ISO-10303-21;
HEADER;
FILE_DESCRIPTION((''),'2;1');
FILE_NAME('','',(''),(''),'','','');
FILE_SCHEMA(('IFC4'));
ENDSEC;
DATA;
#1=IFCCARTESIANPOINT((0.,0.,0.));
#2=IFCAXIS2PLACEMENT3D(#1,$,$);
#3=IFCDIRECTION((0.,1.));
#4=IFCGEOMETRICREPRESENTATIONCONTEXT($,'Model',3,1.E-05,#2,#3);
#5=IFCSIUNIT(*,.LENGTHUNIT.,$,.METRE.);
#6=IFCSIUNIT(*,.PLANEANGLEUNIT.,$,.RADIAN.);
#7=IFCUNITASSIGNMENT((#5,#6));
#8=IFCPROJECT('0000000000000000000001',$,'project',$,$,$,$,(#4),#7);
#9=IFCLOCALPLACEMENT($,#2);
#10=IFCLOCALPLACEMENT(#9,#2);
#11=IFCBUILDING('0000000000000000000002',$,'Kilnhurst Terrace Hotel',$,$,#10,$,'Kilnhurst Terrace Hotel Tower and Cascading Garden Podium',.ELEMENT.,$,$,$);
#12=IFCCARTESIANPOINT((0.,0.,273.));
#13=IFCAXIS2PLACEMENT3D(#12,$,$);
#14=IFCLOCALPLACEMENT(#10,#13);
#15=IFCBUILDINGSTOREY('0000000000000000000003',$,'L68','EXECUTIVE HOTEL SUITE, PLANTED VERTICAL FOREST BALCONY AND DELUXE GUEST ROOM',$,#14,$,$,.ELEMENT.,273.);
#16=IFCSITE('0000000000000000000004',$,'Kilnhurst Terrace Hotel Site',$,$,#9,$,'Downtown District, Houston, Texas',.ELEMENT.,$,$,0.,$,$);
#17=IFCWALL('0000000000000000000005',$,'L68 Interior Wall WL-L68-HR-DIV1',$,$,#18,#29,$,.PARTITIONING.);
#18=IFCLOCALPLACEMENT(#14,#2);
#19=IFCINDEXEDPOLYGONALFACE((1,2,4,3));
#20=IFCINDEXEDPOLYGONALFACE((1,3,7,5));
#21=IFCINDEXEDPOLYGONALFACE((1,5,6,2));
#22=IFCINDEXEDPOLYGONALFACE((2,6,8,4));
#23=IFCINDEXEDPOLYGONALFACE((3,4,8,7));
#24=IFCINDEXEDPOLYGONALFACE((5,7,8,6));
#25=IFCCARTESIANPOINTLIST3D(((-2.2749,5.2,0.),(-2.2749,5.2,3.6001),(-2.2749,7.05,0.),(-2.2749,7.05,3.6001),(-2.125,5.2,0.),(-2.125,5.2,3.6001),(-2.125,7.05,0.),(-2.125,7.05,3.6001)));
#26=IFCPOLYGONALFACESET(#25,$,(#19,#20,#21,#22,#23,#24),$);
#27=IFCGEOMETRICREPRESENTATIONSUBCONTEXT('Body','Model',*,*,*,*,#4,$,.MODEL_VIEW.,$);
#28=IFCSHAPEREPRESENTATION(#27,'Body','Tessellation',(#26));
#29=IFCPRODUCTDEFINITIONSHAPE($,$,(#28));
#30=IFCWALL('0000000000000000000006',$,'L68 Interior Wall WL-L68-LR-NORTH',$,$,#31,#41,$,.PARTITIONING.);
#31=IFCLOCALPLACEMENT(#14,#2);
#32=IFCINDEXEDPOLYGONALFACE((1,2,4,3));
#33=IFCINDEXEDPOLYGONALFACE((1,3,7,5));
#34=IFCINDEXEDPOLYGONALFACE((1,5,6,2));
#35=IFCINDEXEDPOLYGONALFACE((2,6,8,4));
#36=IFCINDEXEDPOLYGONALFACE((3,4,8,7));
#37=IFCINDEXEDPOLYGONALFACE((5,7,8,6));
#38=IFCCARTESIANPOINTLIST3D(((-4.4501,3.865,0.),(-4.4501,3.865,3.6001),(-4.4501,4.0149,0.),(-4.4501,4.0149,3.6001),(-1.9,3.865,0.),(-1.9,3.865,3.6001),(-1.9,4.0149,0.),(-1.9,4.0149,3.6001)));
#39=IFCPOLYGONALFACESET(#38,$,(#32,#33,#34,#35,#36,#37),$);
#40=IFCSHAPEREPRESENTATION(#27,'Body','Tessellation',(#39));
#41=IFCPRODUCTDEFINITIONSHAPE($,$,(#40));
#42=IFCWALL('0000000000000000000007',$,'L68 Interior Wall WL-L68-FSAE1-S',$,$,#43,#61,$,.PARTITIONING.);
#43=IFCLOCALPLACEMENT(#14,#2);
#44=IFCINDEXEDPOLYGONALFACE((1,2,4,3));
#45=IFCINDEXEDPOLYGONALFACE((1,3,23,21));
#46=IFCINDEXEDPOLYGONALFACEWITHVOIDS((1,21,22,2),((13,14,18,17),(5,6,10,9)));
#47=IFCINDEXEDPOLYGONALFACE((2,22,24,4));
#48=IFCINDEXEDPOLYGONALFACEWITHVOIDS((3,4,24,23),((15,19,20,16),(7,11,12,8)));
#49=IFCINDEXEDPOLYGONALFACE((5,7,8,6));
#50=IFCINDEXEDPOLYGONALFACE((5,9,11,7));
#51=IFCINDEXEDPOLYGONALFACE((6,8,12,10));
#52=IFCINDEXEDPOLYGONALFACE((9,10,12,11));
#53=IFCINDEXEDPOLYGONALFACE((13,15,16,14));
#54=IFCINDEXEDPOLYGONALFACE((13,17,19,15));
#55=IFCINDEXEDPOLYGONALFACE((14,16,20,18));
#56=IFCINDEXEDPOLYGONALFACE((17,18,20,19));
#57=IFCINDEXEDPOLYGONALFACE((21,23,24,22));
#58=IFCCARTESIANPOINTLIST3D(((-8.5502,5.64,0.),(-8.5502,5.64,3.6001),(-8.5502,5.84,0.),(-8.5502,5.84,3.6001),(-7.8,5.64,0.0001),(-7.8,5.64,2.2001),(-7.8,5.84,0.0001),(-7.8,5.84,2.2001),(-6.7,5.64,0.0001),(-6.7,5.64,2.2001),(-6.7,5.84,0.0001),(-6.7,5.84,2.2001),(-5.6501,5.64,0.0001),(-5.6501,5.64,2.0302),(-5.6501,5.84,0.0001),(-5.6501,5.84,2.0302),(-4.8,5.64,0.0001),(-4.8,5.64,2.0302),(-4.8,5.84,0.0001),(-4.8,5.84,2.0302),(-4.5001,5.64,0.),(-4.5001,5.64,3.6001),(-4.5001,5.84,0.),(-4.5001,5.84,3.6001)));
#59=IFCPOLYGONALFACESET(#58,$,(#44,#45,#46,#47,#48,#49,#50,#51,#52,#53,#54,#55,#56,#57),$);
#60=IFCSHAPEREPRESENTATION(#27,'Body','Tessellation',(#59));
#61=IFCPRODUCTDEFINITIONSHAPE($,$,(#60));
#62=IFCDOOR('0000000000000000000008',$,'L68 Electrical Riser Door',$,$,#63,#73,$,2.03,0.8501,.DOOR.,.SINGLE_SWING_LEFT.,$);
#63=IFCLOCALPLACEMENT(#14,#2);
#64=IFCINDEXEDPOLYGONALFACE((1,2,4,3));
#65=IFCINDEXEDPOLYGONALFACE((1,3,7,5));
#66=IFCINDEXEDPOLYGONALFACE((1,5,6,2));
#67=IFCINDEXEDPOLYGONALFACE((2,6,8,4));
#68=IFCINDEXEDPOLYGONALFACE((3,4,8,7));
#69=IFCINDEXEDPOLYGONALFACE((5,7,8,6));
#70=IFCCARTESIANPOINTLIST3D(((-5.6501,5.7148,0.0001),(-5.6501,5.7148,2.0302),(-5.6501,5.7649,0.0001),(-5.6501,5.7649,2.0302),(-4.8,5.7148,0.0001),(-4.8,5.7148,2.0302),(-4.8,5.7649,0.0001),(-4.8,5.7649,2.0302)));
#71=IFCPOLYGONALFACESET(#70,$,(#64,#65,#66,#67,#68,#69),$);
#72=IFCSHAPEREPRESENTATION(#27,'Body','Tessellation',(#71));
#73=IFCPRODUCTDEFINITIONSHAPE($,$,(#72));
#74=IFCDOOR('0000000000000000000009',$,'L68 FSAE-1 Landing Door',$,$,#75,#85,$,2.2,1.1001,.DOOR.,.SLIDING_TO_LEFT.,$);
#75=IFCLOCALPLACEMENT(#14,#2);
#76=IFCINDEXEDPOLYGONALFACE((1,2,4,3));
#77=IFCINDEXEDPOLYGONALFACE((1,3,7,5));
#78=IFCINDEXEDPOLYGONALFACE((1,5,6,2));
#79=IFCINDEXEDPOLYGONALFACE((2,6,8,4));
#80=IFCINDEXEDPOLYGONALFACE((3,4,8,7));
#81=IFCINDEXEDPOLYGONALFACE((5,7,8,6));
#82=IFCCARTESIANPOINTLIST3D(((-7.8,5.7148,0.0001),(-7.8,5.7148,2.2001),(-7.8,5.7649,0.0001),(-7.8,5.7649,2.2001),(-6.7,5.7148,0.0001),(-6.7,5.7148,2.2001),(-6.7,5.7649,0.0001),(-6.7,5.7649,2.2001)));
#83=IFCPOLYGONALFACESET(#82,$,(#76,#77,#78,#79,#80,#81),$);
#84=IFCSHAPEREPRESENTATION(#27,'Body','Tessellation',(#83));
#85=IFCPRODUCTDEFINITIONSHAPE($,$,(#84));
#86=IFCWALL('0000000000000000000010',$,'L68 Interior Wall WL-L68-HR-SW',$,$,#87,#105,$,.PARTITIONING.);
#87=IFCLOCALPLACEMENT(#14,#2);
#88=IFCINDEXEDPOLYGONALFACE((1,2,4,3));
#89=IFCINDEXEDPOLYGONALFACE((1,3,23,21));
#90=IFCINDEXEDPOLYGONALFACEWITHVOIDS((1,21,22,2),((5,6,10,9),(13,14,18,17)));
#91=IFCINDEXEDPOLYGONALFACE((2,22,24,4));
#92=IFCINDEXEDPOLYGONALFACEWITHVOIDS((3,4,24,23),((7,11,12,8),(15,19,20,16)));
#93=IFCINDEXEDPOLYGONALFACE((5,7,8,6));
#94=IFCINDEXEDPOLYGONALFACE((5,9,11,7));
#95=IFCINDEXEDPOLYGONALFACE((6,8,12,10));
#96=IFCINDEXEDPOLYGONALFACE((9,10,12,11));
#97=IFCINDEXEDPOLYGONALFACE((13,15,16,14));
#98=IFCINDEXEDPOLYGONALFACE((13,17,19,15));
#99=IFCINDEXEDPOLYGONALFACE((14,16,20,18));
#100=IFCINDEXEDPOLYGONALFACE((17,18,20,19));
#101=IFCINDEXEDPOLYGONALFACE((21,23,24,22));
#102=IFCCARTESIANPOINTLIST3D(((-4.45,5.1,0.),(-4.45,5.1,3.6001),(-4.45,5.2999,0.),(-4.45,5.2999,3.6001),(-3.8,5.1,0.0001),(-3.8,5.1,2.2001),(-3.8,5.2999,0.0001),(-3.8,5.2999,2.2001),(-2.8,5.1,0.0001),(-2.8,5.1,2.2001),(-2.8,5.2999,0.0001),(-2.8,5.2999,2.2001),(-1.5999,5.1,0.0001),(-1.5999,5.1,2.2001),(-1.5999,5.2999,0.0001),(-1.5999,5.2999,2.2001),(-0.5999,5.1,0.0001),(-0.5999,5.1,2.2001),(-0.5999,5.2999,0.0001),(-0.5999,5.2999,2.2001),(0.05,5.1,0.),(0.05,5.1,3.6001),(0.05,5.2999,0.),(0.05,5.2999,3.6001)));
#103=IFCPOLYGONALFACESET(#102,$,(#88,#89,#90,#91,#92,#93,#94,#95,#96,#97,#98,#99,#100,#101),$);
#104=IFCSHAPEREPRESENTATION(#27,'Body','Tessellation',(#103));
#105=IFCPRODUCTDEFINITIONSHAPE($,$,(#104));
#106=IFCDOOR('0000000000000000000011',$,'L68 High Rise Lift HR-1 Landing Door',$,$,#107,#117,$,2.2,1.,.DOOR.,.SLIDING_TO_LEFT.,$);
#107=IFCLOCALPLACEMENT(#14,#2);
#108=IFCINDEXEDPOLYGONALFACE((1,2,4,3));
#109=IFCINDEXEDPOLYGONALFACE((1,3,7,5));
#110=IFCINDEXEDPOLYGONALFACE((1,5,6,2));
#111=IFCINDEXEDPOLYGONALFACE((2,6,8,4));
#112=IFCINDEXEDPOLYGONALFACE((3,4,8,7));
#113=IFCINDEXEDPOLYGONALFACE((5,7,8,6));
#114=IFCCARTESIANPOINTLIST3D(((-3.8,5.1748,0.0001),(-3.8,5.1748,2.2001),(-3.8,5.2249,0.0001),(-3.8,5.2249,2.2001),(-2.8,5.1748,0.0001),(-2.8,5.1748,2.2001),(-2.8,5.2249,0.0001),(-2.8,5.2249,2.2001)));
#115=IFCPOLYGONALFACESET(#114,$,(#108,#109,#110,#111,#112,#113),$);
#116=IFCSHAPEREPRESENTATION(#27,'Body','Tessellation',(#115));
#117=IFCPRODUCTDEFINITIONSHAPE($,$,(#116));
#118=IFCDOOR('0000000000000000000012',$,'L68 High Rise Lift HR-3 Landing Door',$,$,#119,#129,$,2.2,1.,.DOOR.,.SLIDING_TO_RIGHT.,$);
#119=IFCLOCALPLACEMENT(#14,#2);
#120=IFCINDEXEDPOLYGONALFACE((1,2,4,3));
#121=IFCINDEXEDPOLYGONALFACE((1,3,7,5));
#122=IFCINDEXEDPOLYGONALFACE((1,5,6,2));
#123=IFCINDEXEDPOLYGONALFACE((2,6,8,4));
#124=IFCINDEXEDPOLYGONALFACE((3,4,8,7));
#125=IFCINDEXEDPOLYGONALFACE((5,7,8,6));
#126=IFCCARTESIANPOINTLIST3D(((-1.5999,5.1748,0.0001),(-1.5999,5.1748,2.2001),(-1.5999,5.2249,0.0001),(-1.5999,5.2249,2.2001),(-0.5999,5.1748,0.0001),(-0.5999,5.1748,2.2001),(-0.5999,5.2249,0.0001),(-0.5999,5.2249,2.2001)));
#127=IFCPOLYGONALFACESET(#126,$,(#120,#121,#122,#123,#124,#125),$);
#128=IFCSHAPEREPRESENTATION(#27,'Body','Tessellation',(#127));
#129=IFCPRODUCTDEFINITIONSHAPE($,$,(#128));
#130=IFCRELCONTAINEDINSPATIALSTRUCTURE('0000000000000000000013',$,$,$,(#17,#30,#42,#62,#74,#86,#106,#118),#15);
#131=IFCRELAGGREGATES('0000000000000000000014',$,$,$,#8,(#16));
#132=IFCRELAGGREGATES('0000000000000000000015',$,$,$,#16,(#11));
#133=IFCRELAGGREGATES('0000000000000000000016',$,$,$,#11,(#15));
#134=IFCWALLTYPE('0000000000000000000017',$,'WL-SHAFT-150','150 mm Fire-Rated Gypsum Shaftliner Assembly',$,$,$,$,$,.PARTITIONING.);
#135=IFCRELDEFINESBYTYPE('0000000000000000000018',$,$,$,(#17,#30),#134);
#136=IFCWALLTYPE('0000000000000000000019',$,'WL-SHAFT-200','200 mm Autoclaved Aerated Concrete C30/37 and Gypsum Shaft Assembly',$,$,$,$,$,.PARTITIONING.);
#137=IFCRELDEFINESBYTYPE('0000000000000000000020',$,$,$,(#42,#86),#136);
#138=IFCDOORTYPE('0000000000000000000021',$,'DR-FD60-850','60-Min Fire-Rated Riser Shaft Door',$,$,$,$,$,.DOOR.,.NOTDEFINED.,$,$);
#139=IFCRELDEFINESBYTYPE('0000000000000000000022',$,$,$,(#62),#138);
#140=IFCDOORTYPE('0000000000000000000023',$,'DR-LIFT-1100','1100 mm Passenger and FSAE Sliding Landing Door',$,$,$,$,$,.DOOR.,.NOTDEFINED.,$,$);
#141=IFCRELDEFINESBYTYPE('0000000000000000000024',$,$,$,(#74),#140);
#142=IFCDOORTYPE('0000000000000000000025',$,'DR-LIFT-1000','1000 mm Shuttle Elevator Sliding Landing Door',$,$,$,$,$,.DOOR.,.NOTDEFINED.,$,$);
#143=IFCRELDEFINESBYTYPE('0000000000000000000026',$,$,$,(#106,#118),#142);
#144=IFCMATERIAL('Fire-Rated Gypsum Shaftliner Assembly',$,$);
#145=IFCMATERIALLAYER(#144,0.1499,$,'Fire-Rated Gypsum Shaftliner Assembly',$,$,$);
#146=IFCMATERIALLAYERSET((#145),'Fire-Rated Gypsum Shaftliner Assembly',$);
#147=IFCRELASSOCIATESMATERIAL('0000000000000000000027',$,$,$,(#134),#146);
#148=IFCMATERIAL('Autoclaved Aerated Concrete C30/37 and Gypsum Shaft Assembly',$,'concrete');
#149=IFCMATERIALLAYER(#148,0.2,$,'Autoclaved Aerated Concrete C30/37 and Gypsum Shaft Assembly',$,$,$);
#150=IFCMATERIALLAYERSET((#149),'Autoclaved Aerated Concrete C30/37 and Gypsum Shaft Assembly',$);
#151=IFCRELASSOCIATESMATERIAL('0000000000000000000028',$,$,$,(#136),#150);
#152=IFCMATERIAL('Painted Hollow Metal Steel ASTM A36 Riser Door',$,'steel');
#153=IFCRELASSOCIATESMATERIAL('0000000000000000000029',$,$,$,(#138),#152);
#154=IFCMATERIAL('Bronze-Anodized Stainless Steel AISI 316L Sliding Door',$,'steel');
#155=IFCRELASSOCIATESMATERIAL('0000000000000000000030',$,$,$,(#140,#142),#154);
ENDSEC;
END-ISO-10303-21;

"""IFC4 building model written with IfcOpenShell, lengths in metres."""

from ifc_helpers import new_model, si_unit, direction, frame, frame_2d, origin, place, context, subcontext, project, spatial, rectangle, extrude, material, layer, layer_set, type_object, element, fill, save


model = new_model("IFC4")

# Units and contexts
model_context = context("Model", 3, precision=1e-05, world=origin(), true_north=direction((0.0, 1.0)))
body_context = subcontext(model_context, "Body", "Model", "MODEL_VIEW")
ifc_project = project(units=[si_unit("LENGTHUNIT", "METRE"), si_unit("PLANEANGLEUNIT", "RADIAN")], contexts=[model_context])

# Site, building, storey
site_placement = place(None, origin())
site = spatial("IfcSite", under=ifc_project, at=site_placement, Name="Kilnhurst Terrace Hotel Site", LongName="Downtown District, Houston, Texas", CompositionType="ELEMENT", RefElevation=0.0)
building_placement = place(site_placement, origin())
building = spatial("IfcBuilding", under=site, at=building_placement, Name="Kilnhurst Terrace Hotel", LongName="Kilnhurst Terrace Hotel Tower and Cascading Garden Podium", CompositionType="ELEMENT")
storey_placement = place(building_placement, frame((0.0, 0.0, 273.0)))
storey = spatial("IfcBuildingStorey", under=building, at=storey_placement, Name="L68", Description="EXECUTIVE HOTEL SUITE, PLANTED VERTICAL FOREST BALCONY AND DELUXE GUEST ROOM", CompositionType="ELEMENT", Elevation=273.0)

# Walls
ifc_material_1 = material(Name="Fire-Rated Gypsum Shaftliner Assembly")
ifc_layer_1 = layer(ifc_material_1, 0.1499, Name="Fire-Rated Gypsum Shaftliner Assembly")
ifc_layer_set_1 = layer_set([ifc_layer_1], Name="Fire-Rated Gypsum Shaftliner Assembly")
wall_type_1 = type_object("IfcWallType", Name="WL-SHAFT-150", Description="150 mm Fire-Rated Gypsum Shaftliner Assembly", PredefinedType="PARTITIONING", material=ifc_layer_set_1)
wall_1_placement = place(storey_placement, frame((-2.2, 5.2, 0.0), z_axis=(0.0, 0.0, 1.0), x_axis=(0.0, 1.0, 0.0)))
element("IfcWall", 1, at=wall_1_placement, inside=storey, type_object=wall_type_1, Name="L68 Interior Wall WL-L68-HR-DIV1", PredefinedType="PARTITIONING", context=body_context, shape_type="SweptSolid", body=[
    extrude(rectangle(XDim=1.8501, YDim=0.1499, at=frame_2d((0.925, 0.0))), origin(), (0.0, 0.0, 1.0), 3.6001),
])
wall_2_placement = place(storey_placement, frame((-4.45, 3.9399, 0.0), z_axis=(0.0, 0.0, 1.0), x_axis=(1.0, 0.0, 0.0)))
element("IfcWall", 2, at=wall_2_placement, inside=storey, type_object=wall_type_1, Name="L68 Interior Wall WL-L68-LR-NORTH", PredefinedType="PARTITIONING", context=body_context, shape_type="SweptSolid", body=[
    extrude(rectangle(XDim=2.55, YDim=0.1499, at=frame_2d((1.2749, 0.0))), origin(), (0.0, 0.0, 1.0), 3.6001),
])

# Walls, openings, doors
ifc_material_2 = material(Name="Autoclaved Aerated Concrete C30/37 and Gypsum Shaft Assembly", Category="concrete")
ifc_layer_2 = layer(ifc_material_2, 0.2, Name="Autoclaved Aerated Concrete C30/37 and Gypsum Shaft Assembly")
ifc_layer_set_2 = layer_set([ifc_layer_2], Name="Autoclaved Aerated Concrete C30/37 and Gypsum Shaft Assembly")
wall_type_2 = type_object("IfcWallType", Name="WL-SHAFT-200", Description="200 mm Autoclaved Aerated Concrete C30/37 and Gypsum Shaft Assembly", PredefinedType="PARTITIONING", material=ifc_layer_set_2)
wall_3_placement = place(storey_placement, frame((-8.55, 5.74, 0.0), z_axis=(0.0, 0.0, 1.0), x_axis=(1.0, 0.0, 0.0)))
wall_3 = element("IfcWall", 3, at=wall_3_placement, inside=storey, type_object=wall_type_2, Name="L68 Interior Wall WL-L68-FSAE1-S", PredefinedType="PARTITIONING", context=body_context, shape_type="SweptSolid", body=[
    extrude(rectangle(XDim=4.05, YDim=0.2, at=frame_2d((2.0249, 0.0))), origin(), (0.0, 0.0, 1.0), 3.6001),
])
opening_1_placement = place(wall_3_placement, frame((0.75, 0.0, 0.0)))
opening_1 = element("IfcOpeningElement", 4, at=opening_1_placement, cuts=wall_3, PredefinedType="OPENING", context=body_context, shape_type="SweptSolid", body=[
    extrude(rectangle(XDim=1.1001, YDim=2.2, at=frame_2d((0.55, 1.1001))), frame((0.0, 0.1099, 0.0), z_axis=(0.0, -1.0, 0.0), x_axis=(1.0, 0.0, 0.0)), (0.0, 0.0, 1.0), 0.22),
])
opening_2_placement = place(wall_3_placement, frame((2.8999, 0.0, 0.0)))
opening_2 = element("IfcOpeningElement", 5, at=opening_2_placement, cuts=wall_3, PredefinedType="OPENING", context=body_context, shape_type="SweptSolid", body=[
    extrude(rectangle(XDim=0.8501, YDim=2.03, at=frame_2d((0.425, 1.0151))), frame((0.0, 0.1099, 0.0), z_axis=(0.0, -1.0, 0.0), x_axis=(1.0, 0.0, 0.0)), (0.0, 0.0, 1.0), 0.22),
])
ifc_material_3 = material(Name="Painted Hollow Metal Steel ASTM A36 Riser Door", Category="steel")
door_type_1 = type_object("IfcDoorType", Name="DR-FD60-850", Description="60-Min Fire-Rated Riser Shaft Door", OperationType="NOTDEFINED", PredefinedType="DOOR", material=ifc_material_3)
door_1_placement = place(opening_2_placement, origin())
door_1 = element("IfcDoor", 6, at=door_1_placement, inside=storey, type_object=door_type_1, Name="L68 Electrical Riser Door", OperationType="SINGLE_SWING_LEFT", OverallHeight=2.03, OverallWidth=0.8501, PredefinedType="DOOR", context=body_context, shape_type="SweptSolid", body=[
    extrude(rectangle(XDim=0.8501, YDim=2.03, at=frame_2d((0.425, 1.0151))), frame((0.0, 0.0249, 0.0), z_axis=(0.0, -1.0, 0.0), x_axis=(1.0, 0.0, 0.0)), (0.0, 0.0, 1.0), 0.05),
])
fill(opening_2, door_1)
ifc_material_4 = material(Name="Bronze-Anodized Stainless Steel AISI 316L Sliding Door", Category="steel")
door_type_2 = type_object("IfcDoorType", Name="DR-LIFT-1100", Description="1100 mm Passenger and FSAE Sliding Landing Door", OperationType="NOTDEFINED", PredefinedType="DOOR", material=ifc_material_4)
door_2_placement = place(opening_1_placement, origin())
door_2 = element("IfcDoor", 7, at=door_2_placement, inside=storey, type_object=door_type_2, Name="L68 FSAE-1 Landing Door", OperationType="SLIDING_TO_LEFT", OverallHeight=2.2, OverallWidth=1.1001, PredefinedType="DOOR", context=body_context, shape_type="SweptSolid", body=[
    extrude(rectangle(XDim=1.1001, YDim=2.2, at=frame_2d((0.55, 1.1001))), frame((0.0, 0.0249, 0.0), z_axis=(0.0, -1.0, 0.0), x_axis=(1.0, 0.0, 0.0)), (0.0, 0.0, 1.0), 0.05),
])
fill(opening_1, door_2)
wall_4_placement = place(storey_placement, frame((-4.45, 5.2, 0.0), z_axis=(0.0, 0.0, 1.0), x_axis=(1.0, 0.0, 0.0)))
wall_4 = element("IfcWall", 8, at=wall_4_placement, inside=storey, type_object=wall_type_2, Name="L68 Interior Wall WL-L68-HR-SW", PredefinedType="PARTITIONING", context=body_context, shape_type="SweptSolid", body=[
    extrude(rectangle(XDim=4.5, YDim=0.2, at=frame_2d((2.25, 0.0))), origin(), (0.0, 0.0, 1.0), 3.6001),
])
opening_3_placement = place(wall_4_placement, frame((0.6499, 0.0, 0.0)))
opening_3 = element("IfcOpeningElement", 9, at=opening_3_placement, cuts=wall_4, PredefinedType="OPENING", context=body_context, shape_type="SweptSolid", body=[
    extrude(rectangle(XDim=1.0, YDim=2.2, at=frame_2d((0.5, 1.1001))), frame((0.0, 0.1099, 0.0), z_axis=(0.0, -1.0, 0.0), x_axis=(1.0, 0.0, 0.0)), (0.0, 0.0, 1.0), 0.22),
])
opening_4_placement = place(wall_4_placement, frame((2.8501, 0.0, 0.0)))
opening_4 = element("IfcOpeningElement", 10, at=opening_4_placement, cuts=wall_4, PredefinedType="OPENING", context=body_context, shape_type="SweptSolid", body=[
    extrude(rectangle(XDim=1.0, YDim=2.2, at=frame_2d((0.5, 1.1001))), frame((0.0, 0.1099, 0.0), z_axis=(0.0, -1.0, 0.0), x_axis=(1.0, 0.0, 0.0)), (0.0, 0.0, 1.0), 0.22),
])
door_type_3 = type_object("IfcDoorType", Name="DR-LIFT-1000", Description="1000 mm Shuttle Elevator Sliding Landing Door", OperationType="NOTDEFINED", PredefinedType="DOOR", material=ifc_material_4)
door_3_placement = place(opening_3_placement, origin())
door_3 = element("IfcDoor", 11, at=door_3_placement, inside=storey, type_object=door_type_3, Name="L68 High Rise Lift HR-1 Landing Door", OperationType="SLIDING_TO_LEFT", OverallHeight=2.2, OverallWidth=1.0, PredefinedType="DOOR", context=body_context, shape_type="SweptSolid", body=[
    extrude(rectangle(XDim=1.0, YDim=2.2, at=frame_2d((0.5, 1.1001))), frame((0.0, 0.0249, 0.0), z_axis=(0.0, -1.0, 0.0), x_axis=(1.0, 0.0, 0.0)), (0.0, 0.0, 1.0), 0.05),
])
fill(opening_3, door_3)
door_4_placement = place(opening_4_placement, origin())
door_4 = element("IfcDoor", 12, at=door_4_placement, inside=storey, type_object=door_type_3, Name="L68 High Rise Lift HR-3 Landing Door", OperationType="SLIDING_TO_RIGHT", OverallHeight=2.2, OverallWidth=1.0, PredefinedType="DOOR", context=body_context, shape_type="SweptSolid", body=[
    extrude(rectangle(XDim=1.0, YDim=2.2, at=frame_2d((0.5, 1.1001))), frame((0.0, 0.0249, 0.0), z_axis=(0.0, -1.0, 0.0), x_axis=(1.0, 0.0, 0.0)), (0.0, 0.0, 1.0), 0.05),
])
fill(opening_4, door_4)

save(model, "model.ifc")
